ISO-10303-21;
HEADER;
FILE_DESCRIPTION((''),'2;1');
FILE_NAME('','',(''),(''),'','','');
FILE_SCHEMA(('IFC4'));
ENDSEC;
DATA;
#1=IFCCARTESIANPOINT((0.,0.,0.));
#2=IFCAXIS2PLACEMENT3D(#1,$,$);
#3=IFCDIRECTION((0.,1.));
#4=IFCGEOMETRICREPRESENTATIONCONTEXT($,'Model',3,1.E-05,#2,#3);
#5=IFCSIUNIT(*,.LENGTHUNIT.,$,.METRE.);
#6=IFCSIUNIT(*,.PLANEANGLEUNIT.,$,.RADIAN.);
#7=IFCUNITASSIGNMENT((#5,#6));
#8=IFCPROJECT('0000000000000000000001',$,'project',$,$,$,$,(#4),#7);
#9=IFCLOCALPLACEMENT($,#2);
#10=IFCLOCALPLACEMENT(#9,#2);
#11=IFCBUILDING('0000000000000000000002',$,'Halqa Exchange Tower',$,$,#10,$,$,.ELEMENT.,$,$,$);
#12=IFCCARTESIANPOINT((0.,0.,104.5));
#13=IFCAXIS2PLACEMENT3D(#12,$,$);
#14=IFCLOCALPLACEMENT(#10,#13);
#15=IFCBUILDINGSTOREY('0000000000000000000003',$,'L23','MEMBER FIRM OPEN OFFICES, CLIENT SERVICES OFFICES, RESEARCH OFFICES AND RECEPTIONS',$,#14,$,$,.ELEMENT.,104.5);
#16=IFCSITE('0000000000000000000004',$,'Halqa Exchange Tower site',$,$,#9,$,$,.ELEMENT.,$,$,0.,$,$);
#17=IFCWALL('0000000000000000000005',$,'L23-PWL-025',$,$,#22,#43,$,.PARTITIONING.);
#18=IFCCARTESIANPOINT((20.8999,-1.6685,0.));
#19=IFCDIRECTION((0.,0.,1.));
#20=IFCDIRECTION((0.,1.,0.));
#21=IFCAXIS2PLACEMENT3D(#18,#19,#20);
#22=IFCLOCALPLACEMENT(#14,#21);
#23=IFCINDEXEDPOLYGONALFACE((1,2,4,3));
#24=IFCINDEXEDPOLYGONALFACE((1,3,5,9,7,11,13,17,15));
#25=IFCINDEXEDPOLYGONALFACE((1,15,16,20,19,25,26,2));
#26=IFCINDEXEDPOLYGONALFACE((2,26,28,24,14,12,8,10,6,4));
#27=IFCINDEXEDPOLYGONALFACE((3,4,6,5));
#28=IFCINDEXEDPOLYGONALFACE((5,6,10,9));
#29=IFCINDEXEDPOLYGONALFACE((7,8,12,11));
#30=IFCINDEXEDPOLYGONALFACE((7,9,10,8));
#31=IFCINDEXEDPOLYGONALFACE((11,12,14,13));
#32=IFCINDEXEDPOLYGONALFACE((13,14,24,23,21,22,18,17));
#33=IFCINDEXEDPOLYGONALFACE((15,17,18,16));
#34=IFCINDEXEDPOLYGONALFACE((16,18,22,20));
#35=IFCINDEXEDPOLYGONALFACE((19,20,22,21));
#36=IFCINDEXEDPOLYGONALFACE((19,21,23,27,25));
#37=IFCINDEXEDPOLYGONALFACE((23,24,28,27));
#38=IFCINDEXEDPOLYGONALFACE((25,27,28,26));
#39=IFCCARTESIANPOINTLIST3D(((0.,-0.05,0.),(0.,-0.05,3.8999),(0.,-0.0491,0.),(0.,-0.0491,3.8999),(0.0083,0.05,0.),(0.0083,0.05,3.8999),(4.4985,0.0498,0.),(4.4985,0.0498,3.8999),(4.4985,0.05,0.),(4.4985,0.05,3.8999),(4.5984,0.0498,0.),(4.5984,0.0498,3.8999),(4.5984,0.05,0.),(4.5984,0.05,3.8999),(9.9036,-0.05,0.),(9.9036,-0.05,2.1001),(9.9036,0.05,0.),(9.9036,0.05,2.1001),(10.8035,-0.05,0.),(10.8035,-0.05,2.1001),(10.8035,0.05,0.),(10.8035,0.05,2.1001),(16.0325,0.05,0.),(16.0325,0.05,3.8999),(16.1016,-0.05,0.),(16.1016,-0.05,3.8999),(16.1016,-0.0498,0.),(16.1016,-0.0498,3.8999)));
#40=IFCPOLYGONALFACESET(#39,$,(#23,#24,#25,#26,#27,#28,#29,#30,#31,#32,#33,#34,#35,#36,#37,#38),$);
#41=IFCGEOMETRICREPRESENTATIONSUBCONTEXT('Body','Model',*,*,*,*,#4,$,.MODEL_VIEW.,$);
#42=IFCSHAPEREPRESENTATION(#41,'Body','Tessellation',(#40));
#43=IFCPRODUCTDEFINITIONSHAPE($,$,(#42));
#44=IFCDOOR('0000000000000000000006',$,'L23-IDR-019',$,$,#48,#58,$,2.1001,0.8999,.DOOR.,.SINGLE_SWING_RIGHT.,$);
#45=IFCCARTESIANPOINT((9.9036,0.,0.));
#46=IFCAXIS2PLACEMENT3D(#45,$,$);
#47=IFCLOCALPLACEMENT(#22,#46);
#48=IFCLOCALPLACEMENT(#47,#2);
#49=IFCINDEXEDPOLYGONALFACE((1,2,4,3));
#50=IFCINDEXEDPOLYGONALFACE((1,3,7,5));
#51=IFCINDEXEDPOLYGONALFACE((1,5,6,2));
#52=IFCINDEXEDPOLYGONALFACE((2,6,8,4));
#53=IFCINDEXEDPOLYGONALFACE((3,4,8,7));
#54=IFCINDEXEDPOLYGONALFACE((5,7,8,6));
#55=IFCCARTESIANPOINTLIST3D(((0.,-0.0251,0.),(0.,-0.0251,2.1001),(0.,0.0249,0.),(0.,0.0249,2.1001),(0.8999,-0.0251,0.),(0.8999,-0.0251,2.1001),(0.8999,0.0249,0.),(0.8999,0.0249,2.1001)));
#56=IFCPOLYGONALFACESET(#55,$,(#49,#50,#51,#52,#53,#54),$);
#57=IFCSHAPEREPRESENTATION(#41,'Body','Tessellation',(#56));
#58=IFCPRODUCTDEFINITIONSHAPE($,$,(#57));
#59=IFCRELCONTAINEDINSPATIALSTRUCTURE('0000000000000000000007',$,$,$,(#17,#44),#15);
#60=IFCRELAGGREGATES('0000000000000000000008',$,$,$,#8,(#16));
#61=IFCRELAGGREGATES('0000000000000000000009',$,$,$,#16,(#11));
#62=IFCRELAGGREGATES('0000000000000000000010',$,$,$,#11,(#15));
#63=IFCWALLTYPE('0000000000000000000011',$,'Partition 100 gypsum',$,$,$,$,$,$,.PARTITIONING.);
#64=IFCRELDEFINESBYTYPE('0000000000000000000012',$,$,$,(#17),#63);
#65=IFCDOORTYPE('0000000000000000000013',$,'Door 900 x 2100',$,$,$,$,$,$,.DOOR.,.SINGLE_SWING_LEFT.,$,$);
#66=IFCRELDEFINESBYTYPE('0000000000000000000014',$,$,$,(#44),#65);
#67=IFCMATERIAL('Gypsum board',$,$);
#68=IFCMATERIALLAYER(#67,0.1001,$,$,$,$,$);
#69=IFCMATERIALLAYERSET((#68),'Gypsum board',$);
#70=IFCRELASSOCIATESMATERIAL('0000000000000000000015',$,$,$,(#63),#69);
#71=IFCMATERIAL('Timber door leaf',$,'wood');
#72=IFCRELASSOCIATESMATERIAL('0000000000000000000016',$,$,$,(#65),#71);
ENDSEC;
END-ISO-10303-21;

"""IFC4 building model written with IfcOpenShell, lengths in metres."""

from ifc_helpers import new_model, si_unit, direction, frame, frame_2d, origin, place, context, subcontext, project, spatial, polyline, rectangle, outline, extrude, material, layer, layer_set, type_object, element, fill, save


model = new_model("IFC4")

# Units and contexts
model_context = context("Model", 3, precision=1e-05, world=origin(), true_north=direction((0.0, 1.0)))
body_context = subcontext(model_context, "Body", "Model", "MODEL_VIEW")
ifc_project = project(units=[si_unit("LENGTHUNIT", "METRE"), si_unit("PLANEANGLEUNIT", "RADIAN")], contexts=[model_context])

# Site, building, storey
site_placement = place(None, origin())
site = spatial("IfcSite", under=ifc_project, at=site_placement, Name="Halqa Exchange Tower site", CompositionType="ELEMENT", RefElevation=0.0)
building_placement = place(site_placement, origin())
building = spatial("IfcBuilding", under=site, at=building_placement, Name="Halqa Exchange Tower", CompositionType="ELEMENT")
storey_placement = place(building_placement, frame((0.0, 0.0, 104.5)))
storey = spatial("IfcBuildingStorey", under=building, at=storey_placement, Name="L23", Description="MEMBER FIRM OPEN OFFICES, CLIENT SERVICES OFFICES, RESEARCH OFFICES AND RECEPTIONS", CompositionType="ELEMENT", Elevation=104.5)

# Wall, opening, door
ifc_material_1 = material(Name="Gypsum board")
ifc_layer_1 = layer(ifc_material_1, 0.1001)
ifc_layer_set_1 = layer_set([ifc_layer_1], Name="Gypsum board")
wall_type_1 = type_object("IfcWallType", Name="Partition 100 gypsum", PredefinedType="PARTITIONING", material=ifc_layer_set_1)
ifc_material_2 = material(Name="Timber door leaf", Category="wood")
door_type_1 = type_object("IfcDoorType", Name="Door 900 x 2100", OperationType="SINGLE_SWING_LEFT", PredefinedType="DOOR", material=ifc_material_2)
wall_1_placement = place(storey_placement, frame((20.8999, -1.6685, 0.0), z_axis=(0.0, 0.0, 1.0), x_axis=(0.0, 1.0, 0.0)))
wall_1 = element("IfcWall", 1, at=wall_1_placement, inside=storey, type_object=wall_type_1, Name="L23-PWL-025", PredefinedType="PARTITIONING", context=body_context, shape_type="SweptSolid", body=[
    extrude(outline(polyline([(16.1016, -0.05), (16.1016, -0.0498), (16.0325, 0.05), (14.1267, 0.05), (12.2212, 0.05), (10.3154, 0.05), (8.4099, 0.05), (6.5042, 0.05), (4.5984, 0.05), (4.5984, 0.0498), (4.4985, 0.0498), (4.4985, 0.05), (3.0017, 0.05), (1.5051, 0.05), (0.0083, 0.05), (0.0, -0.0491), (0.0, -0.05), (1.7891, -0.05), (3.5781, -0.05), (5.3672, -0.05), (7.1562, -0.05), (8.9453, -0.05), (10.7344, -0.05), (12.5234, -0.05), (14.3125, -0.05), (16.1016, -0.05)])), origin(), (0.0, 0.0, 1.0), 3.8999),
])
opening_1_placement = place(wall_1_placement, frame((9.9036, 0.0, 0.0)))
opening_1 = element("IfcOpeningElement", 2, at=opening_1_placement, cuts=wall_1, PredefinedType="OPENING", context=body_context, shape_type="SweptSolid", body=[
    extrude(rectangle(XDim=0.8999, YDim=2.1001, at=frame_2d((0.45, 1.05))), frame((0.0, 0.062, 0.0), z_axis=(0.0, -1.0, 0.0), x_axis=(1.0, 0.0, 0.0)), (0.0, 0.0, 1.0), 0.124),
])
door_1_placement = place(opening_1_placement, origin())
door_1 = element("IfcDoor", 3, at=door_1_placement, inside=storey, type_object=door_type_1, Name="L23-IDR-019", OperationType="SINGLE_SWING_RIGHT", OverallHeight=2.1001, OverallWidth=0.8999, PredefinedType="DOOR", context=body_context, shape_type="SweptSolid", body=[
    extrude(rectangle(XDim=0.8999, YDim=2.1001, at=frame_2d((0.45, 1.05))), frame((0.0, 0.0249, 0.0), z_axis=(0.0, -1.0, 0.0), x_axis=(1.0, 0.0, 0.0)), (0.0, 0.0, 1.0), 0.05),
])
fill(opening_1, door_1)

save(model, "model.ifc")
